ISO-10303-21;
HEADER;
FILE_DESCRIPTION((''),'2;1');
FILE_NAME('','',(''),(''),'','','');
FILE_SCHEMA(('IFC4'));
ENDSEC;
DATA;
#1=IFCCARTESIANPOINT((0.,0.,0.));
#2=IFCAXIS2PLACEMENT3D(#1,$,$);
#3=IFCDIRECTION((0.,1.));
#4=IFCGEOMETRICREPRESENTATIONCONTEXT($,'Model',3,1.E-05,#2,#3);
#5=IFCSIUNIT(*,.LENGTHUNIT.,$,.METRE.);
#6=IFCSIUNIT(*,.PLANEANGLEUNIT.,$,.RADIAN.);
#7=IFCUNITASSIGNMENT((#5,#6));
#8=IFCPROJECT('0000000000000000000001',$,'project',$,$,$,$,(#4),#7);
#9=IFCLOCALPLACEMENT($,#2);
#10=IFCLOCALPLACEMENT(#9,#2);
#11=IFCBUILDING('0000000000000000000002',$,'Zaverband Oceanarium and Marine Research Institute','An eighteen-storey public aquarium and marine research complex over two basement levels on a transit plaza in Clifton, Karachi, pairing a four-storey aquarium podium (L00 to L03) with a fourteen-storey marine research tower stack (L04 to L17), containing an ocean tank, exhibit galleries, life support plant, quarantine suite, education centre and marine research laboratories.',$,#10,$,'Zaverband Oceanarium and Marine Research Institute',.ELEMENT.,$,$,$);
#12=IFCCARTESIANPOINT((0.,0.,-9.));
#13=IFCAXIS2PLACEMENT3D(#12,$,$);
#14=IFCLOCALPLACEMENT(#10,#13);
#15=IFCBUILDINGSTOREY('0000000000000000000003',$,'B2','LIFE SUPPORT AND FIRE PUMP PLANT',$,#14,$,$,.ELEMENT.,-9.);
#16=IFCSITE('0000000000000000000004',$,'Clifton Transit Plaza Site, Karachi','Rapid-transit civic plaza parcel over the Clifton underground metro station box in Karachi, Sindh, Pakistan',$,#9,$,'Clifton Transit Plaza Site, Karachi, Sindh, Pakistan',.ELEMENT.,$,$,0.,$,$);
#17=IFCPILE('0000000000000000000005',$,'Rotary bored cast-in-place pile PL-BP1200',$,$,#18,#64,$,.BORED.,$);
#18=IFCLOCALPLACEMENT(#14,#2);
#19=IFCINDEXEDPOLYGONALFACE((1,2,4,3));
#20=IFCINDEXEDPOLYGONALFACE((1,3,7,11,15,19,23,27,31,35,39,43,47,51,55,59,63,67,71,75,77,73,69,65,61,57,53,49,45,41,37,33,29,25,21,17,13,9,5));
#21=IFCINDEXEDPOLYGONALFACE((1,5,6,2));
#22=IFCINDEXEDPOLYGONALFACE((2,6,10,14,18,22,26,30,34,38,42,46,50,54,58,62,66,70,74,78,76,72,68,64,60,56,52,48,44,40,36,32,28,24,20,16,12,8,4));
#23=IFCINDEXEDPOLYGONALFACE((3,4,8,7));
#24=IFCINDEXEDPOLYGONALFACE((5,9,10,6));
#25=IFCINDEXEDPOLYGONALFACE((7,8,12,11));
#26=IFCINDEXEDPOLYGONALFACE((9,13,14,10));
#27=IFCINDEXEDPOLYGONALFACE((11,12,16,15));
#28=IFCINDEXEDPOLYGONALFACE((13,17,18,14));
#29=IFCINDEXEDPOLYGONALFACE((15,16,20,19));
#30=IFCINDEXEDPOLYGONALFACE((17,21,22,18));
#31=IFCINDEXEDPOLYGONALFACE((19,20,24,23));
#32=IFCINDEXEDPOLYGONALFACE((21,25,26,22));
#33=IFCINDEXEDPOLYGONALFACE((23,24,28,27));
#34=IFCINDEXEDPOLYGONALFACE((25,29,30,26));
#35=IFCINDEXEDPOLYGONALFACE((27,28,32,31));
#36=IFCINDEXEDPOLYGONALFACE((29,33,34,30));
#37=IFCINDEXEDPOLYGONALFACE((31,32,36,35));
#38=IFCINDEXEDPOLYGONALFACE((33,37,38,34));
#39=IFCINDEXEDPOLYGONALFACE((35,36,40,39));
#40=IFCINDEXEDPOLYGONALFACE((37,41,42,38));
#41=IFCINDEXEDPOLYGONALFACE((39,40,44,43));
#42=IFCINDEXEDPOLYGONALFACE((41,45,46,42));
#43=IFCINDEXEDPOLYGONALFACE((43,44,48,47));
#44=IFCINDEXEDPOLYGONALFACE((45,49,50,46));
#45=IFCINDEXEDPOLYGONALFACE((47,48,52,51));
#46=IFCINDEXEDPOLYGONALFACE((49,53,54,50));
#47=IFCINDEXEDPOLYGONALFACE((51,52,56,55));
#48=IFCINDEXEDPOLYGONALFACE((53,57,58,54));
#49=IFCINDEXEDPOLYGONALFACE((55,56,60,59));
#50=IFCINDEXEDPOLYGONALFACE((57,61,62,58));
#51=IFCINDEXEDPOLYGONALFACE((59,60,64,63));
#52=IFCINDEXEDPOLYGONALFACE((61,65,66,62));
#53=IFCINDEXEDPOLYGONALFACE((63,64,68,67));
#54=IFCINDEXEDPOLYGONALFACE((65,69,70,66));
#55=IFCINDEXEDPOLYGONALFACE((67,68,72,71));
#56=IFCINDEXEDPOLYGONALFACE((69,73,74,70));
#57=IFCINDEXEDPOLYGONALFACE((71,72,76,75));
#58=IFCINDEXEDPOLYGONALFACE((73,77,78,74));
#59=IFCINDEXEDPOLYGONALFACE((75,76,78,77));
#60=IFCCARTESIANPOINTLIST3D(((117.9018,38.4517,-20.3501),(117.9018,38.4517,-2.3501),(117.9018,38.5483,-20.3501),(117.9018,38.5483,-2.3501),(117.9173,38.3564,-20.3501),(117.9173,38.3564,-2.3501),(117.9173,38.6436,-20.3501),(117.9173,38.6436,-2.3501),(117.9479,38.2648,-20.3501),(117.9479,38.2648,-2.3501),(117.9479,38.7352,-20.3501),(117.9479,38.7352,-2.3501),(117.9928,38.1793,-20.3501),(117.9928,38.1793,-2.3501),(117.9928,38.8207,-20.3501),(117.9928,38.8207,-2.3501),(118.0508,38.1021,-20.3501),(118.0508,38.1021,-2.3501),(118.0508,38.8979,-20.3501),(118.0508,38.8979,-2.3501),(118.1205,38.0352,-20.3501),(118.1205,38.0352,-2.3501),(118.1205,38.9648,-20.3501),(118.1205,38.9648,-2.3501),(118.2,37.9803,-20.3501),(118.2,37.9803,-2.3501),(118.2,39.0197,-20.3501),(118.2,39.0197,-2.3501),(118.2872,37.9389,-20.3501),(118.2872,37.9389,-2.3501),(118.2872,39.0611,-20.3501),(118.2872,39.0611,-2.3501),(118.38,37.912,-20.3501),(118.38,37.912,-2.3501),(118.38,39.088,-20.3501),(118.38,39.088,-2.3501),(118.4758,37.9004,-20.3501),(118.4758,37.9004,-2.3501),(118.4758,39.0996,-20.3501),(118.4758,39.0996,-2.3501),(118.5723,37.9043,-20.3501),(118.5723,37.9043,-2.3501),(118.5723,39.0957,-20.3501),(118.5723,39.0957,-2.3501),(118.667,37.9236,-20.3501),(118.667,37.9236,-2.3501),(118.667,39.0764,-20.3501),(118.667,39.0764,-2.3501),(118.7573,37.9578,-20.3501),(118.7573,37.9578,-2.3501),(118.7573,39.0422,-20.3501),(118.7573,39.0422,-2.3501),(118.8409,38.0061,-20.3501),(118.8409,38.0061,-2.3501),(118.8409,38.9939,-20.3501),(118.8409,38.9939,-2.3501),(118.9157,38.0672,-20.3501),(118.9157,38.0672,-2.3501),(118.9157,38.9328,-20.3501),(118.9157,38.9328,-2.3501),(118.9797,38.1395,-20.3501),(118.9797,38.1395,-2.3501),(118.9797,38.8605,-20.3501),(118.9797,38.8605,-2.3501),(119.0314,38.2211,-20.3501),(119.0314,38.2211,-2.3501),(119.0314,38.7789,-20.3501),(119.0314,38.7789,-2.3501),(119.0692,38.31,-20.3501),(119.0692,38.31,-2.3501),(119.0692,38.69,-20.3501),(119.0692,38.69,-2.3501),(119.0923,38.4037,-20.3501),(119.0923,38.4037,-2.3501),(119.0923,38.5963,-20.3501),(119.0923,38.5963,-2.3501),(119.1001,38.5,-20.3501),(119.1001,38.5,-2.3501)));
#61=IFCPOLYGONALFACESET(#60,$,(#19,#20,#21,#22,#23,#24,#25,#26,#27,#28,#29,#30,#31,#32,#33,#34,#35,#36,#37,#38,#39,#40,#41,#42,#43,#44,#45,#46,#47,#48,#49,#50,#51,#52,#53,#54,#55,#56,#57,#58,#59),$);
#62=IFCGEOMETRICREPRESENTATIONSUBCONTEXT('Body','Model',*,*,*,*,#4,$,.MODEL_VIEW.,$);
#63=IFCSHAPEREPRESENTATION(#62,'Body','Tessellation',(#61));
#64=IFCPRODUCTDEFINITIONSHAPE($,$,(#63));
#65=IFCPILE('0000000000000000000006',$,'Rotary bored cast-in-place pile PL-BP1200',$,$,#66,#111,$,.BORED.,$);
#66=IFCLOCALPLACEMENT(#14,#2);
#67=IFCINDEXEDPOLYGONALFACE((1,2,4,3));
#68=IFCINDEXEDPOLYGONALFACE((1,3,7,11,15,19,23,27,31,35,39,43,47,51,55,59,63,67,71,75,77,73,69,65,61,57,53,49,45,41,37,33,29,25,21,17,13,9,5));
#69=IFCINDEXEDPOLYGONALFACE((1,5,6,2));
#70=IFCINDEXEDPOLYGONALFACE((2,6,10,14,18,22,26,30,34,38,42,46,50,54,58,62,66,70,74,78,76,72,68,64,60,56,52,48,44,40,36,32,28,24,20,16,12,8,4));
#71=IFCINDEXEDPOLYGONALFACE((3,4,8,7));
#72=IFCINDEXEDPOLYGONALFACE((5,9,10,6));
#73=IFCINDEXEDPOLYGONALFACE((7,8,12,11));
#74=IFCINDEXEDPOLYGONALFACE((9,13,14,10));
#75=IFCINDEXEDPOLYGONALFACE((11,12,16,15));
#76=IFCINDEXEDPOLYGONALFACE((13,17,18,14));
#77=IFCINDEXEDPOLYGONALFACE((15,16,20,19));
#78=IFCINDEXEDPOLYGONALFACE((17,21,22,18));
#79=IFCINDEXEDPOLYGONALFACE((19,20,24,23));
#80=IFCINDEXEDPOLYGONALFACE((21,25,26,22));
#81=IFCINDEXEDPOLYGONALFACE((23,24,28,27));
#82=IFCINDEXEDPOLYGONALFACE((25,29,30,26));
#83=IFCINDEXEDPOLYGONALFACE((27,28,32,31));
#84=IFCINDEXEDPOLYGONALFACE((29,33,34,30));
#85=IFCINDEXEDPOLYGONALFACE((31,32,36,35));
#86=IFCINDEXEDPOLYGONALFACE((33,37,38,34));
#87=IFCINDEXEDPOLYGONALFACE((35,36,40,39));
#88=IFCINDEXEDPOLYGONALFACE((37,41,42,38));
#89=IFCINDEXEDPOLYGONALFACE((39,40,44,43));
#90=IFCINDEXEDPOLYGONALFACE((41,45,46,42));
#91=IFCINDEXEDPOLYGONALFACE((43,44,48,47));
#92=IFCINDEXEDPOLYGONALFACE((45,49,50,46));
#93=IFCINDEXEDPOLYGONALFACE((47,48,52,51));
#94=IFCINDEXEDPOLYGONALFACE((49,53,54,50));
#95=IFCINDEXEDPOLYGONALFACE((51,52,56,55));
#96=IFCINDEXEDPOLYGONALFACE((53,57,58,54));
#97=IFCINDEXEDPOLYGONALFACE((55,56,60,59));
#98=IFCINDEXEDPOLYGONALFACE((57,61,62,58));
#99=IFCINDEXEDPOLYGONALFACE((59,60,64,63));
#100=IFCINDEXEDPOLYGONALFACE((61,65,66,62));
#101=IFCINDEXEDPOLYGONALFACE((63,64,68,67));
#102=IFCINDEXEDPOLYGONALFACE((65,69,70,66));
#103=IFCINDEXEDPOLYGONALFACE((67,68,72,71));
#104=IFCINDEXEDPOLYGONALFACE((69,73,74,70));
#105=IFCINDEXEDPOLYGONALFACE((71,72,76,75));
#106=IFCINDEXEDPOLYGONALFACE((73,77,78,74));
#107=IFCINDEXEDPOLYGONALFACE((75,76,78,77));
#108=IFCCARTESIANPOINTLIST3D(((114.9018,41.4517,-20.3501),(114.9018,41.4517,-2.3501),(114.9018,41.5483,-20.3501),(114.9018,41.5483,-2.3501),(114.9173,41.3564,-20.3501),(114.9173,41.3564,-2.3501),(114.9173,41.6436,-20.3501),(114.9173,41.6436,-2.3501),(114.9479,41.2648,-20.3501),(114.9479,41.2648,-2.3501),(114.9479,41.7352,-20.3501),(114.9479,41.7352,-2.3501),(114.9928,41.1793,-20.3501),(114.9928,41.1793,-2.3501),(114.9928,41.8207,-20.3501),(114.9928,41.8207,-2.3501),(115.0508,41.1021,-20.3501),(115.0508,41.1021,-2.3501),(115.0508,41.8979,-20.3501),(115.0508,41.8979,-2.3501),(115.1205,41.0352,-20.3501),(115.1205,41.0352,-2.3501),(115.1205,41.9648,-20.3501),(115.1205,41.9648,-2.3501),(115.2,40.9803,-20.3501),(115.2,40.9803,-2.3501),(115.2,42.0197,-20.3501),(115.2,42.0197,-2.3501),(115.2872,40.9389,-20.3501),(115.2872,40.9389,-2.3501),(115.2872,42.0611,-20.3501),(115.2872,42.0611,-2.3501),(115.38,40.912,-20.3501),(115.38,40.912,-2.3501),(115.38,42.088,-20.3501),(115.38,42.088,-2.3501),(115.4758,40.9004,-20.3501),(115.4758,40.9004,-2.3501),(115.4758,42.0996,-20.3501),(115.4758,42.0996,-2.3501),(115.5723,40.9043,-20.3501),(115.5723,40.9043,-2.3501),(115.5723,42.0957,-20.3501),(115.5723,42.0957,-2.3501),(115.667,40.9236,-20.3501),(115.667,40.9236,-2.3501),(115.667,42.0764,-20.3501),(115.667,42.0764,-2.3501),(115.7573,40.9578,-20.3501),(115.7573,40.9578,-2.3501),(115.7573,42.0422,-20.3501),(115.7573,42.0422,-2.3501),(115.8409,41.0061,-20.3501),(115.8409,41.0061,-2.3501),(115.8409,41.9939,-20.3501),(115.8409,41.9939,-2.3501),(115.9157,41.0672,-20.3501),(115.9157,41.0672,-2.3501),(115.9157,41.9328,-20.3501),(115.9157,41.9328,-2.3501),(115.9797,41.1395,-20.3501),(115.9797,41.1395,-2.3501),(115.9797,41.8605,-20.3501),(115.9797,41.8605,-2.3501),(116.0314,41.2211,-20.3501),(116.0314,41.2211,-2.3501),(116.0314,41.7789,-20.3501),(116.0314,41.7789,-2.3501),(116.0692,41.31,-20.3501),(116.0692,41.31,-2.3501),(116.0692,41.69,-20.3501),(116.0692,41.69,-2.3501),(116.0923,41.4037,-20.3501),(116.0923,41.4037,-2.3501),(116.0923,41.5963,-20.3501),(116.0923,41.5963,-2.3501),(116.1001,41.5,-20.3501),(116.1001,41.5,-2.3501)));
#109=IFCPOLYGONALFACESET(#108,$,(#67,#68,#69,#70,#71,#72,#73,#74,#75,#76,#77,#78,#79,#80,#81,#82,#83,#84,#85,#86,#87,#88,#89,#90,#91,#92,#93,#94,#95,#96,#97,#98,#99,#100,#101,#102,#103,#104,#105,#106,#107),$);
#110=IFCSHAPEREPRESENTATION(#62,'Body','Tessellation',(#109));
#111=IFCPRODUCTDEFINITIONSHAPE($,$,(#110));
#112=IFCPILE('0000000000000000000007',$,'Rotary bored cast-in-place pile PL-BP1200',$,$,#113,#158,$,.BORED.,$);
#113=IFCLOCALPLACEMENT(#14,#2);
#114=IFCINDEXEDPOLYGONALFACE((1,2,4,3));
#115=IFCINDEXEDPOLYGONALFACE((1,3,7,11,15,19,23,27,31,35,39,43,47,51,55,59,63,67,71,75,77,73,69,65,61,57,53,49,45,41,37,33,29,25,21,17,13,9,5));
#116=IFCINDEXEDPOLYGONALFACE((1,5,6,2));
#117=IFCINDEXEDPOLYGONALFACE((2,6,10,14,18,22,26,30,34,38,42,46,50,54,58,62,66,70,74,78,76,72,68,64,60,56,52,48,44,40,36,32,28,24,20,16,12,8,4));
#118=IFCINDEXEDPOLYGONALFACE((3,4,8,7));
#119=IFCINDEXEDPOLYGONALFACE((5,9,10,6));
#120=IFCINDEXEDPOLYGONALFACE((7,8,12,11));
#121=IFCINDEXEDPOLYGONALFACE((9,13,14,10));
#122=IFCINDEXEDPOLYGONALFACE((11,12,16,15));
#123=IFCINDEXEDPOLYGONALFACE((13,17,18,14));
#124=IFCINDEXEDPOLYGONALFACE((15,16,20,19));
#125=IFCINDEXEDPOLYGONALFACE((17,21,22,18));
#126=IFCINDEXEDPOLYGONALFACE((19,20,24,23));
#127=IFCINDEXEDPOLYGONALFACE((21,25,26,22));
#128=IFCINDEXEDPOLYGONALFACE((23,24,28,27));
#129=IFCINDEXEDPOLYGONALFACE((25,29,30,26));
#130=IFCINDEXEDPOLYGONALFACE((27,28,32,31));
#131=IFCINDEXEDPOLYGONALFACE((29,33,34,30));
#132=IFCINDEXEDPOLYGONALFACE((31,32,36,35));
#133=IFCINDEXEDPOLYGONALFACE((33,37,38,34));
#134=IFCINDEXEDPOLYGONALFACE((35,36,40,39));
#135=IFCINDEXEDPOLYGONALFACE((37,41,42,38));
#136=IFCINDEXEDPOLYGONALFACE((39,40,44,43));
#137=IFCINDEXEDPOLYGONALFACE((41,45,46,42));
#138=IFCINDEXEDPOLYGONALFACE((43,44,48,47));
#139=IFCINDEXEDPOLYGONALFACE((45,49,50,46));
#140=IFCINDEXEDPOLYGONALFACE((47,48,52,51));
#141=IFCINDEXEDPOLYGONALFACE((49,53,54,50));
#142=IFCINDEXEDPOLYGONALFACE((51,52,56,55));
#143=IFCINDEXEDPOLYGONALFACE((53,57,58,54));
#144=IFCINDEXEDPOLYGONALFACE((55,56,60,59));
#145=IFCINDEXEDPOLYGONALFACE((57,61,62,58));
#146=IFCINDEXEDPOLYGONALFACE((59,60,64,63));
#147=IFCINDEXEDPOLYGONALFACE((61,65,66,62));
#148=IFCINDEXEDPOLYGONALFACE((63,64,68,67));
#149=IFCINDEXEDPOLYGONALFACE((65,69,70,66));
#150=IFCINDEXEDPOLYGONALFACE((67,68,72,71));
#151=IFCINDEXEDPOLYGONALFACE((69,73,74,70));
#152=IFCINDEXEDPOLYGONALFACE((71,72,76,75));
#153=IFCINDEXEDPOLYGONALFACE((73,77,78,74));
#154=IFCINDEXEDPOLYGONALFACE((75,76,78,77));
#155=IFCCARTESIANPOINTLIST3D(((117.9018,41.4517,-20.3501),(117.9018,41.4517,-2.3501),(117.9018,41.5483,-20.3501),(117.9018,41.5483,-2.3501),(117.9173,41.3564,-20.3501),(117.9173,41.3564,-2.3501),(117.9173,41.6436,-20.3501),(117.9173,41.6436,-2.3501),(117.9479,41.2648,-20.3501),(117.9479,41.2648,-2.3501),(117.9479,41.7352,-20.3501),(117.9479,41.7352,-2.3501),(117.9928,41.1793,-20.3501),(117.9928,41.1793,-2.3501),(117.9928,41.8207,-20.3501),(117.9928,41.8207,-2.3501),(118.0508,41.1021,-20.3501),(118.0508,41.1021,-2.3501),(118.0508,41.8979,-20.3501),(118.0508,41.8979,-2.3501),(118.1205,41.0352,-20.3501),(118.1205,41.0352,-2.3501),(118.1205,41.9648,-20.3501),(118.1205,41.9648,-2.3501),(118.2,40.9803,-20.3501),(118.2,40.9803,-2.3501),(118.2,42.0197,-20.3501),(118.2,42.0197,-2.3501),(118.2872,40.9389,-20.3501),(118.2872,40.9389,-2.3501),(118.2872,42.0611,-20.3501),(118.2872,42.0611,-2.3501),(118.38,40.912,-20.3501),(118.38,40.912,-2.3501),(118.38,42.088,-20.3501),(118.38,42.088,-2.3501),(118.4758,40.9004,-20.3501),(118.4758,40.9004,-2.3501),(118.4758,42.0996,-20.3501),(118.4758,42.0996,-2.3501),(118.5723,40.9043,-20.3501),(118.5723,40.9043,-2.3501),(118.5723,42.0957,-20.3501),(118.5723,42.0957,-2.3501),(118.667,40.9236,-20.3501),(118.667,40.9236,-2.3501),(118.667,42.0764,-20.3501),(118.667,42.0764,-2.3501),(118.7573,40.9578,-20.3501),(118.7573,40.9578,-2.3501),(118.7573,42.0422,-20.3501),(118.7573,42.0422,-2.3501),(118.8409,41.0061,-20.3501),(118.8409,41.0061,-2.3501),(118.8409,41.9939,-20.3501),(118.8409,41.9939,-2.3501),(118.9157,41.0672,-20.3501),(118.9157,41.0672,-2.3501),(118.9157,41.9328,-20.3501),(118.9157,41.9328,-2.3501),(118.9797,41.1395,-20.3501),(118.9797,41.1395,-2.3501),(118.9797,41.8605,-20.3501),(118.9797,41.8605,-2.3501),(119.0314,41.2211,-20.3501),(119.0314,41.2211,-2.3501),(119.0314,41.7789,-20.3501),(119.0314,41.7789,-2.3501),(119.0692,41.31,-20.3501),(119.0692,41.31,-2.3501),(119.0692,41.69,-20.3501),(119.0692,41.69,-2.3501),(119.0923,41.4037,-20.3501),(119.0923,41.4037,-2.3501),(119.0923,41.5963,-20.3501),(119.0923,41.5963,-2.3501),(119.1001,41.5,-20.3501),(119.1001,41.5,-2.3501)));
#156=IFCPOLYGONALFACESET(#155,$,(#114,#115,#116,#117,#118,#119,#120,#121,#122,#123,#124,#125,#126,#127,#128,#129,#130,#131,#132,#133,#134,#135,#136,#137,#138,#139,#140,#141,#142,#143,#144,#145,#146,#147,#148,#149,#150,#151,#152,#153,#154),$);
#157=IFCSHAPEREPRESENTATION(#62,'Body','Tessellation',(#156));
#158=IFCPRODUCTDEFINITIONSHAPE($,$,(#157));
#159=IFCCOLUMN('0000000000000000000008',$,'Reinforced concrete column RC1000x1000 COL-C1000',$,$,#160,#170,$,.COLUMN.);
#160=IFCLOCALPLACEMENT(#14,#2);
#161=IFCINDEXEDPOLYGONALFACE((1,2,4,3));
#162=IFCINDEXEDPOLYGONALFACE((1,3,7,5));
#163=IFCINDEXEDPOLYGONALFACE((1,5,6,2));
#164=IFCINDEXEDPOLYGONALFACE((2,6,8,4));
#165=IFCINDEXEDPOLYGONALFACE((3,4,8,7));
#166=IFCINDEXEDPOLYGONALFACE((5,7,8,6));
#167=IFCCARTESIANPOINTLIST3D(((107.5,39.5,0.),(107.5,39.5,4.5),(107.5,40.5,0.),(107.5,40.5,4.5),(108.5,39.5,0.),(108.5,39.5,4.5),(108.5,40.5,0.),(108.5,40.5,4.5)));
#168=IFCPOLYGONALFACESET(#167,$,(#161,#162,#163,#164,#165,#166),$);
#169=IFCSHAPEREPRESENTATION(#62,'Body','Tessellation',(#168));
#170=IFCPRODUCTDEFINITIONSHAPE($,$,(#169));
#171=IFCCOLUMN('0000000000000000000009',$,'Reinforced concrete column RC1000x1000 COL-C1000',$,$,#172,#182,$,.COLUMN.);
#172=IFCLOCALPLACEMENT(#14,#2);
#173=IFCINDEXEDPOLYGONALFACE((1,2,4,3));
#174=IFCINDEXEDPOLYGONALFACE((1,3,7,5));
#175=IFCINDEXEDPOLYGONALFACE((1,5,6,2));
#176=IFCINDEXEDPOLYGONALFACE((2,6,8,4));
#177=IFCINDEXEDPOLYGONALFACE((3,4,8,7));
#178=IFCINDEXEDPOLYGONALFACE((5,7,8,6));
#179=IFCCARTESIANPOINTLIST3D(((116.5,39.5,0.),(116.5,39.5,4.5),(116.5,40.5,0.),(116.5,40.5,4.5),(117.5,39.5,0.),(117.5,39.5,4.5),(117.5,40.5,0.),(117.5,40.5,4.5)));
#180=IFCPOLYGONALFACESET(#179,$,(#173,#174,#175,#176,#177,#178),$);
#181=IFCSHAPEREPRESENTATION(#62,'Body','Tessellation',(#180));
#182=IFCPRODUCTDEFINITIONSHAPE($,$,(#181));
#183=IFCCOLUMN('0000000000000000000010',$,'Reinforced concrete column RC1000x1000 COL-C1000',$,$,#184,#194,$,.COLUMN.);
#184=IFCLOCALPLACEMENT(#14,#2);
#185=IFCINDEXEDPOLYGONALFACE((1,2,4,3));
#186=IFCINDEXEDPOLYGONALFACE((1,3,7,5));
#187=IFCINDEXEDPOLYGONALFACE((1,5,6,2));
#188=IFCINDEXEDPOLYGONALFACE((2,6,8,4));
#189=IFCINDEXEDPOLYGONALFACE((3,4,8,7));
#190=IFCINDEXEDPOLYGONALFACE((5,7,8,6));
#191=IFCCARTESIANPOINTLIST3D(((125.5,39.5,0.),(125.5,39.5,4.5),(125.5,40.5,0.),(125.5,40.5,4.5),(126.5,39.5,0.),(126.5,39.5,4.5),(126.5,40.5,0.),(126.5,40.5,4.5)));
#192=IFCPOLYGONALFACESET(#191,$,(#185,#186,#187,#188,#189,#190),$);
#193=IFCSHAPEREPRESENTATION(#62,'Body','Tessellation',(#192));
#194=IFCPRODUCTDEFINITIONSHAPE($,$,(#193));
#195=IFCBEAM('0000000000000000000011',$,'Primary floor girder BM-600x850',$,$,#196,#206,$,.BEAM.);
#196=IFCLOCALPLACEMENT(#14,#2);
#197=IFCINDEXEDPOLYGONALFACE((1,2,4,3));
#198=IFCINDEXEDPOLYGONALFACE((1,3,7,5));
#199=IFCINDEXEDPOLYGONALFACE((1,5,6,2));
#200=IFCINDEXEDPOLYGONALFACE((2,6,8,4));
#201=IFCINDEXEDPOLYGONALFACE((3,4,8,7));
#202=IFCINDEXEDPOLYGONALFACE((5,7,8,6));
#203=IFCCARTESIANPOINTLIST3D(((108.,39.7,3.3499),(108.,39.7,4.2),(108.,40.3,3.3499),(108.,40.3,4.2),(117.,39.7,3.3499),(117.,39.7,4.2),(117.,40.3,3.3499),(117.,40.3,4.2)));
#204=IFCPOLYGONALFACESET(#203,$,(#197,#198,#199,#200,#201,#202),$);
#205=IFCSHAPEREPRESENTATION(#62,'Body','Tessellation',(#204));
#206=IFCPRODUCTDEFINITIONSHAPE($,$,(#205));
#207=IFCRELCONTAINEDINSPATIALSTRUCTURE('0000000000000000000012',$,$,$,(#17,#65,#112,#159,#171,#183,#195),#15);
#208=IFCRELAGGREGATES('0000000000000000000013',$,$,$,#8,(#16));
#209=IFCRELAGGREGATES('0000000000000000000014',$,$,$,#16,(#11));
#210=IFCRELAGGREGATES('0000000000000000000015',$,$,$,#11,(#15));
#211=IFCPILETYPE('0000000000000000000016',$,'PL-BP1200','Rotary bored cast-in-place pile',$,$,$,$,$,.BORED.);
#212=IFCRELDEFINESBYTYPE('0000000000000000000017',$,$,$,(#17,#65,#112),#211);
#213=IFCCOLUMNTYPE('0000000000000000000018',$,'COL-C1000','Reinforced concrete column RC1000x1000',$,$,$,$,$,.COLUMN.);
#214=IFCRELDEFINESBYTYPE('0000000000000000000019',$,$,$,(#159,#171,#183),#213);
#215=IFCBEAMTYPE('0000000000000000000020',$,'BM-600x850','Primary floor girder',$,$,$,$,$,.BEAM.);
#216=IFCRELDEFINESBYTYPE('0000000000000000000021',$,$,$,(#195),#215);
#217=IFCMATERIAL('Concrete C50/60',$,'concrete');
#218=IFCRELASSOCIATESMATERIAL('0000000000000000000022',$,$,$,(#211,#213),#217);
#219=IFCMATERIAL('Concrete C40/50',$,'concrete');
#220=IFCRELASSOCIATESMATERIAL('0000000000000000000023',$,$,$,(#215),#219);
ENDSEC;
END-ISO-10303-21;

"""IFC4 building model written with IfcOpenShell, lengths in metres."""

from ifc_helpers import new_model, si_unit, direction, frame, origin, origin_2d, place, context, subcontext, project, spatial, rectangle, circle, extrude, material, material_profile, profile_set, type_object, element, save


model = new_model("IFC4")

# Units and contexts
model_context = context("Model", 3, precision=1e-05, world=origin(), true_north=direction((0.0, 1.0)))
body_context = subcontext(model_context, "Body", "Model", "MODEL_VIEW")
ifc_project = project(units=[si_unit("LENGTHUNIT", "METRE"), si_unit("PLANEANGLEUNIT", "RADIAN")], contexts=[model_context])

# Site, building, storey
site_placement = place(None, origin())
site = spatial("IfcSite", under=ifc_project, at=site_placement, Name="Clifton Transit Plaza Site, Karachi", Description="Rapid-transit civic plaza parcel over the Clifton underground metro station box in Karachi, Sindh, Pakistan", LongName="Clifton Transit Plaza Site, Karachi, Sindh, Pakistan", CompositionType="ELEMENT", RefElevation=0.0)
building_placement = place(site_placement, origin())
building = spatial("IfcBuilding", under=site, at=building_placement, Name="Zaverband Oceanarium and Marine Research Institute", Description="An eighteen-storey public aquarium and marine research complex over two basement levels on a transit plaza in Clifton, Karachi, pairing a four-storey aquarium podium (L00 to L03) with a fourteen-storey marine research tower stack (L04 to L17), containing an ocean tank, exhibit galleries, life support plant, quarantine suite, education centre and marine research laboratories.", LongName="Zaverband Oceanarium and Marine Research Institute", CompositionType="ELEMENT")
storey_placement = place(building_placement, frame((0.0, 0.0, -9.0)))
storey = spatial("IfcBuildingStorey", under=building, at=storey_placement, Name="B2", Description="LIFE SUPPORT AND FIRE PUMP PLANT", CompositionType="ELEMENT", Elevation=-9.0)

# Shared definitions
ifc_material_1 = material(Name="Concrete C50/60", Category="concrete")

# Piles
ifc_material_profile_1 = material_profile(ifc_material_1, circle(Radius=0.6001, at=origin_2d()), Name="BP1200")
ifc_profile_set_1 = profile_set([ifc_material_profile_1], Name="Concrete C50/60")
pile_type_1 = type_object("IfcPileType", Name="PL-BP1200", Description="Rotary bored cast-in-place pile", PredefinedType="BORED", material=ifc_profile_set_1)
for number, where, z_axis, x_axis, name in (
    (1, (118.5, 38.5, -2.3501), (0.0, 0.0, -1.0), (1.0, 0.0, 0.0), "Rotary bored cast-in-place pile PL-BP1200"),
    (2, (115.5, 41.5, -2.3501), (0.0, 0.0, -1.0), (1.0, 0.0, 0.0), "Rotary bored cast-in-place pile PL-BP1200"),
    (3, (118.5, 41.5, -2.3501), (0.0, 0.0, -1.0), (1.0, 0.0, 0.0), "Rotary bored cast-in-place pile PL-BP1200"),
):
    element("IfcPile", number, at=place(storey_placement, frame(where, z_axis=z_axis, x_axis=x_axis)), inside=storey, type_object=pile_type_1, Name=name, PredefinedType="BORED", context=body_context, shape_type="SweptSolid", body=[
        extrude(circle(Radius=0.6001, at=origin_2d()), origin(), (0.0, 0.0, 1.0), 18.0),
    ])

# Columns
ifc_material_profile_2 = material_profile(ifc_material_1, rectangle(XDim=1.0, YDim=1.0, at=origin_2d()), Name="RC1000x1000")
ifc_profile_set_2 = profile_set([ifc_material_profile_2], Name="Concrete C50/60")
column_type = type_object("IfcColumnType", Name="COL-C1000", Description="Reinforced concrete column RC1000x1000", PredefinedType="COLUMN", material=ifc_profile_set_2)
for number, where, z_axis, x_axis, name in (
    (4, (108.0, 40.0, 0.0), (0.0, 0.0, 1.0), (1.0, 0.0, 0.0), "Reinforced concrete column RC1000x1000 COL-C1000"),
    (5, (117.0, 40.0, 0.0), (0.0, 0.0, 1.0), (1.0, 0.0, 0.0), "Reinforced concrete column RC1000x1000 COL-C1000"),
    (6, (126.0, 40.0, 0.0), (0.0, 0.0, 1.0), (1.0, 0.0, 0.0), "Reinforced concrete column RC1000x1000 COL-C1000"),
):
    element("IfcColumn", number, at=place(storey_placement, frame(where, z_axis=z_axis, x_axis=x_axis)), inside=storey, type_object=column_type, Name=name, PredefinedType="COLUMN", context=body_context, shape_type="SweptSolid", body=[
        extrude(rectangle(XDim=1.0, YDim=1.0, at=origin_2d()), origin(), (0.0, 0.0, 1.0), 4.5),
    ])

# Beam
ifc_material_2 = material(Name="Concrete C40/50", Category="concrete")
ifc_material_profile_3 = material_profile(ifc_material_2, rectangle(XDim=0.6001, YDim=0.8501, at=origin_2d()), Name="RC600x850")
ifc_profile_set_3 = profile_set([ifc_material_profile_3], Name="Concrete C40/50")
beam_type_1 = type_object("IfcBeamType", Name="BM-600x850", Description="Primary floor girder", PredefinedType="BEAM", material=ifc_profile_set_3)
for number, where, z_axis, x_axis, name in (
    (7, (108.0, 40.0, 3.7749), (1.0, 0.0, 0.0), (0.0, 1.0, 0.0), "Primary floor girder BM-600x850"),
):
    element("IfcBeam", number, at=place(storey_placement, frame(where, z_axis=z_axis, x_axis=x_axis)), inside=storey, type_object=beam_type_1, Name=name, PredefinedType="BEAM", context=body_context, shape_type="SweptSolid", body=[
        extrude(rectangle(XDim=0.6001, YDim=0.8501, at=origin_2d()), origin(), (0.0, 0.0, 1.0), 9.0),
    ])

save(model, "model.ifc")
